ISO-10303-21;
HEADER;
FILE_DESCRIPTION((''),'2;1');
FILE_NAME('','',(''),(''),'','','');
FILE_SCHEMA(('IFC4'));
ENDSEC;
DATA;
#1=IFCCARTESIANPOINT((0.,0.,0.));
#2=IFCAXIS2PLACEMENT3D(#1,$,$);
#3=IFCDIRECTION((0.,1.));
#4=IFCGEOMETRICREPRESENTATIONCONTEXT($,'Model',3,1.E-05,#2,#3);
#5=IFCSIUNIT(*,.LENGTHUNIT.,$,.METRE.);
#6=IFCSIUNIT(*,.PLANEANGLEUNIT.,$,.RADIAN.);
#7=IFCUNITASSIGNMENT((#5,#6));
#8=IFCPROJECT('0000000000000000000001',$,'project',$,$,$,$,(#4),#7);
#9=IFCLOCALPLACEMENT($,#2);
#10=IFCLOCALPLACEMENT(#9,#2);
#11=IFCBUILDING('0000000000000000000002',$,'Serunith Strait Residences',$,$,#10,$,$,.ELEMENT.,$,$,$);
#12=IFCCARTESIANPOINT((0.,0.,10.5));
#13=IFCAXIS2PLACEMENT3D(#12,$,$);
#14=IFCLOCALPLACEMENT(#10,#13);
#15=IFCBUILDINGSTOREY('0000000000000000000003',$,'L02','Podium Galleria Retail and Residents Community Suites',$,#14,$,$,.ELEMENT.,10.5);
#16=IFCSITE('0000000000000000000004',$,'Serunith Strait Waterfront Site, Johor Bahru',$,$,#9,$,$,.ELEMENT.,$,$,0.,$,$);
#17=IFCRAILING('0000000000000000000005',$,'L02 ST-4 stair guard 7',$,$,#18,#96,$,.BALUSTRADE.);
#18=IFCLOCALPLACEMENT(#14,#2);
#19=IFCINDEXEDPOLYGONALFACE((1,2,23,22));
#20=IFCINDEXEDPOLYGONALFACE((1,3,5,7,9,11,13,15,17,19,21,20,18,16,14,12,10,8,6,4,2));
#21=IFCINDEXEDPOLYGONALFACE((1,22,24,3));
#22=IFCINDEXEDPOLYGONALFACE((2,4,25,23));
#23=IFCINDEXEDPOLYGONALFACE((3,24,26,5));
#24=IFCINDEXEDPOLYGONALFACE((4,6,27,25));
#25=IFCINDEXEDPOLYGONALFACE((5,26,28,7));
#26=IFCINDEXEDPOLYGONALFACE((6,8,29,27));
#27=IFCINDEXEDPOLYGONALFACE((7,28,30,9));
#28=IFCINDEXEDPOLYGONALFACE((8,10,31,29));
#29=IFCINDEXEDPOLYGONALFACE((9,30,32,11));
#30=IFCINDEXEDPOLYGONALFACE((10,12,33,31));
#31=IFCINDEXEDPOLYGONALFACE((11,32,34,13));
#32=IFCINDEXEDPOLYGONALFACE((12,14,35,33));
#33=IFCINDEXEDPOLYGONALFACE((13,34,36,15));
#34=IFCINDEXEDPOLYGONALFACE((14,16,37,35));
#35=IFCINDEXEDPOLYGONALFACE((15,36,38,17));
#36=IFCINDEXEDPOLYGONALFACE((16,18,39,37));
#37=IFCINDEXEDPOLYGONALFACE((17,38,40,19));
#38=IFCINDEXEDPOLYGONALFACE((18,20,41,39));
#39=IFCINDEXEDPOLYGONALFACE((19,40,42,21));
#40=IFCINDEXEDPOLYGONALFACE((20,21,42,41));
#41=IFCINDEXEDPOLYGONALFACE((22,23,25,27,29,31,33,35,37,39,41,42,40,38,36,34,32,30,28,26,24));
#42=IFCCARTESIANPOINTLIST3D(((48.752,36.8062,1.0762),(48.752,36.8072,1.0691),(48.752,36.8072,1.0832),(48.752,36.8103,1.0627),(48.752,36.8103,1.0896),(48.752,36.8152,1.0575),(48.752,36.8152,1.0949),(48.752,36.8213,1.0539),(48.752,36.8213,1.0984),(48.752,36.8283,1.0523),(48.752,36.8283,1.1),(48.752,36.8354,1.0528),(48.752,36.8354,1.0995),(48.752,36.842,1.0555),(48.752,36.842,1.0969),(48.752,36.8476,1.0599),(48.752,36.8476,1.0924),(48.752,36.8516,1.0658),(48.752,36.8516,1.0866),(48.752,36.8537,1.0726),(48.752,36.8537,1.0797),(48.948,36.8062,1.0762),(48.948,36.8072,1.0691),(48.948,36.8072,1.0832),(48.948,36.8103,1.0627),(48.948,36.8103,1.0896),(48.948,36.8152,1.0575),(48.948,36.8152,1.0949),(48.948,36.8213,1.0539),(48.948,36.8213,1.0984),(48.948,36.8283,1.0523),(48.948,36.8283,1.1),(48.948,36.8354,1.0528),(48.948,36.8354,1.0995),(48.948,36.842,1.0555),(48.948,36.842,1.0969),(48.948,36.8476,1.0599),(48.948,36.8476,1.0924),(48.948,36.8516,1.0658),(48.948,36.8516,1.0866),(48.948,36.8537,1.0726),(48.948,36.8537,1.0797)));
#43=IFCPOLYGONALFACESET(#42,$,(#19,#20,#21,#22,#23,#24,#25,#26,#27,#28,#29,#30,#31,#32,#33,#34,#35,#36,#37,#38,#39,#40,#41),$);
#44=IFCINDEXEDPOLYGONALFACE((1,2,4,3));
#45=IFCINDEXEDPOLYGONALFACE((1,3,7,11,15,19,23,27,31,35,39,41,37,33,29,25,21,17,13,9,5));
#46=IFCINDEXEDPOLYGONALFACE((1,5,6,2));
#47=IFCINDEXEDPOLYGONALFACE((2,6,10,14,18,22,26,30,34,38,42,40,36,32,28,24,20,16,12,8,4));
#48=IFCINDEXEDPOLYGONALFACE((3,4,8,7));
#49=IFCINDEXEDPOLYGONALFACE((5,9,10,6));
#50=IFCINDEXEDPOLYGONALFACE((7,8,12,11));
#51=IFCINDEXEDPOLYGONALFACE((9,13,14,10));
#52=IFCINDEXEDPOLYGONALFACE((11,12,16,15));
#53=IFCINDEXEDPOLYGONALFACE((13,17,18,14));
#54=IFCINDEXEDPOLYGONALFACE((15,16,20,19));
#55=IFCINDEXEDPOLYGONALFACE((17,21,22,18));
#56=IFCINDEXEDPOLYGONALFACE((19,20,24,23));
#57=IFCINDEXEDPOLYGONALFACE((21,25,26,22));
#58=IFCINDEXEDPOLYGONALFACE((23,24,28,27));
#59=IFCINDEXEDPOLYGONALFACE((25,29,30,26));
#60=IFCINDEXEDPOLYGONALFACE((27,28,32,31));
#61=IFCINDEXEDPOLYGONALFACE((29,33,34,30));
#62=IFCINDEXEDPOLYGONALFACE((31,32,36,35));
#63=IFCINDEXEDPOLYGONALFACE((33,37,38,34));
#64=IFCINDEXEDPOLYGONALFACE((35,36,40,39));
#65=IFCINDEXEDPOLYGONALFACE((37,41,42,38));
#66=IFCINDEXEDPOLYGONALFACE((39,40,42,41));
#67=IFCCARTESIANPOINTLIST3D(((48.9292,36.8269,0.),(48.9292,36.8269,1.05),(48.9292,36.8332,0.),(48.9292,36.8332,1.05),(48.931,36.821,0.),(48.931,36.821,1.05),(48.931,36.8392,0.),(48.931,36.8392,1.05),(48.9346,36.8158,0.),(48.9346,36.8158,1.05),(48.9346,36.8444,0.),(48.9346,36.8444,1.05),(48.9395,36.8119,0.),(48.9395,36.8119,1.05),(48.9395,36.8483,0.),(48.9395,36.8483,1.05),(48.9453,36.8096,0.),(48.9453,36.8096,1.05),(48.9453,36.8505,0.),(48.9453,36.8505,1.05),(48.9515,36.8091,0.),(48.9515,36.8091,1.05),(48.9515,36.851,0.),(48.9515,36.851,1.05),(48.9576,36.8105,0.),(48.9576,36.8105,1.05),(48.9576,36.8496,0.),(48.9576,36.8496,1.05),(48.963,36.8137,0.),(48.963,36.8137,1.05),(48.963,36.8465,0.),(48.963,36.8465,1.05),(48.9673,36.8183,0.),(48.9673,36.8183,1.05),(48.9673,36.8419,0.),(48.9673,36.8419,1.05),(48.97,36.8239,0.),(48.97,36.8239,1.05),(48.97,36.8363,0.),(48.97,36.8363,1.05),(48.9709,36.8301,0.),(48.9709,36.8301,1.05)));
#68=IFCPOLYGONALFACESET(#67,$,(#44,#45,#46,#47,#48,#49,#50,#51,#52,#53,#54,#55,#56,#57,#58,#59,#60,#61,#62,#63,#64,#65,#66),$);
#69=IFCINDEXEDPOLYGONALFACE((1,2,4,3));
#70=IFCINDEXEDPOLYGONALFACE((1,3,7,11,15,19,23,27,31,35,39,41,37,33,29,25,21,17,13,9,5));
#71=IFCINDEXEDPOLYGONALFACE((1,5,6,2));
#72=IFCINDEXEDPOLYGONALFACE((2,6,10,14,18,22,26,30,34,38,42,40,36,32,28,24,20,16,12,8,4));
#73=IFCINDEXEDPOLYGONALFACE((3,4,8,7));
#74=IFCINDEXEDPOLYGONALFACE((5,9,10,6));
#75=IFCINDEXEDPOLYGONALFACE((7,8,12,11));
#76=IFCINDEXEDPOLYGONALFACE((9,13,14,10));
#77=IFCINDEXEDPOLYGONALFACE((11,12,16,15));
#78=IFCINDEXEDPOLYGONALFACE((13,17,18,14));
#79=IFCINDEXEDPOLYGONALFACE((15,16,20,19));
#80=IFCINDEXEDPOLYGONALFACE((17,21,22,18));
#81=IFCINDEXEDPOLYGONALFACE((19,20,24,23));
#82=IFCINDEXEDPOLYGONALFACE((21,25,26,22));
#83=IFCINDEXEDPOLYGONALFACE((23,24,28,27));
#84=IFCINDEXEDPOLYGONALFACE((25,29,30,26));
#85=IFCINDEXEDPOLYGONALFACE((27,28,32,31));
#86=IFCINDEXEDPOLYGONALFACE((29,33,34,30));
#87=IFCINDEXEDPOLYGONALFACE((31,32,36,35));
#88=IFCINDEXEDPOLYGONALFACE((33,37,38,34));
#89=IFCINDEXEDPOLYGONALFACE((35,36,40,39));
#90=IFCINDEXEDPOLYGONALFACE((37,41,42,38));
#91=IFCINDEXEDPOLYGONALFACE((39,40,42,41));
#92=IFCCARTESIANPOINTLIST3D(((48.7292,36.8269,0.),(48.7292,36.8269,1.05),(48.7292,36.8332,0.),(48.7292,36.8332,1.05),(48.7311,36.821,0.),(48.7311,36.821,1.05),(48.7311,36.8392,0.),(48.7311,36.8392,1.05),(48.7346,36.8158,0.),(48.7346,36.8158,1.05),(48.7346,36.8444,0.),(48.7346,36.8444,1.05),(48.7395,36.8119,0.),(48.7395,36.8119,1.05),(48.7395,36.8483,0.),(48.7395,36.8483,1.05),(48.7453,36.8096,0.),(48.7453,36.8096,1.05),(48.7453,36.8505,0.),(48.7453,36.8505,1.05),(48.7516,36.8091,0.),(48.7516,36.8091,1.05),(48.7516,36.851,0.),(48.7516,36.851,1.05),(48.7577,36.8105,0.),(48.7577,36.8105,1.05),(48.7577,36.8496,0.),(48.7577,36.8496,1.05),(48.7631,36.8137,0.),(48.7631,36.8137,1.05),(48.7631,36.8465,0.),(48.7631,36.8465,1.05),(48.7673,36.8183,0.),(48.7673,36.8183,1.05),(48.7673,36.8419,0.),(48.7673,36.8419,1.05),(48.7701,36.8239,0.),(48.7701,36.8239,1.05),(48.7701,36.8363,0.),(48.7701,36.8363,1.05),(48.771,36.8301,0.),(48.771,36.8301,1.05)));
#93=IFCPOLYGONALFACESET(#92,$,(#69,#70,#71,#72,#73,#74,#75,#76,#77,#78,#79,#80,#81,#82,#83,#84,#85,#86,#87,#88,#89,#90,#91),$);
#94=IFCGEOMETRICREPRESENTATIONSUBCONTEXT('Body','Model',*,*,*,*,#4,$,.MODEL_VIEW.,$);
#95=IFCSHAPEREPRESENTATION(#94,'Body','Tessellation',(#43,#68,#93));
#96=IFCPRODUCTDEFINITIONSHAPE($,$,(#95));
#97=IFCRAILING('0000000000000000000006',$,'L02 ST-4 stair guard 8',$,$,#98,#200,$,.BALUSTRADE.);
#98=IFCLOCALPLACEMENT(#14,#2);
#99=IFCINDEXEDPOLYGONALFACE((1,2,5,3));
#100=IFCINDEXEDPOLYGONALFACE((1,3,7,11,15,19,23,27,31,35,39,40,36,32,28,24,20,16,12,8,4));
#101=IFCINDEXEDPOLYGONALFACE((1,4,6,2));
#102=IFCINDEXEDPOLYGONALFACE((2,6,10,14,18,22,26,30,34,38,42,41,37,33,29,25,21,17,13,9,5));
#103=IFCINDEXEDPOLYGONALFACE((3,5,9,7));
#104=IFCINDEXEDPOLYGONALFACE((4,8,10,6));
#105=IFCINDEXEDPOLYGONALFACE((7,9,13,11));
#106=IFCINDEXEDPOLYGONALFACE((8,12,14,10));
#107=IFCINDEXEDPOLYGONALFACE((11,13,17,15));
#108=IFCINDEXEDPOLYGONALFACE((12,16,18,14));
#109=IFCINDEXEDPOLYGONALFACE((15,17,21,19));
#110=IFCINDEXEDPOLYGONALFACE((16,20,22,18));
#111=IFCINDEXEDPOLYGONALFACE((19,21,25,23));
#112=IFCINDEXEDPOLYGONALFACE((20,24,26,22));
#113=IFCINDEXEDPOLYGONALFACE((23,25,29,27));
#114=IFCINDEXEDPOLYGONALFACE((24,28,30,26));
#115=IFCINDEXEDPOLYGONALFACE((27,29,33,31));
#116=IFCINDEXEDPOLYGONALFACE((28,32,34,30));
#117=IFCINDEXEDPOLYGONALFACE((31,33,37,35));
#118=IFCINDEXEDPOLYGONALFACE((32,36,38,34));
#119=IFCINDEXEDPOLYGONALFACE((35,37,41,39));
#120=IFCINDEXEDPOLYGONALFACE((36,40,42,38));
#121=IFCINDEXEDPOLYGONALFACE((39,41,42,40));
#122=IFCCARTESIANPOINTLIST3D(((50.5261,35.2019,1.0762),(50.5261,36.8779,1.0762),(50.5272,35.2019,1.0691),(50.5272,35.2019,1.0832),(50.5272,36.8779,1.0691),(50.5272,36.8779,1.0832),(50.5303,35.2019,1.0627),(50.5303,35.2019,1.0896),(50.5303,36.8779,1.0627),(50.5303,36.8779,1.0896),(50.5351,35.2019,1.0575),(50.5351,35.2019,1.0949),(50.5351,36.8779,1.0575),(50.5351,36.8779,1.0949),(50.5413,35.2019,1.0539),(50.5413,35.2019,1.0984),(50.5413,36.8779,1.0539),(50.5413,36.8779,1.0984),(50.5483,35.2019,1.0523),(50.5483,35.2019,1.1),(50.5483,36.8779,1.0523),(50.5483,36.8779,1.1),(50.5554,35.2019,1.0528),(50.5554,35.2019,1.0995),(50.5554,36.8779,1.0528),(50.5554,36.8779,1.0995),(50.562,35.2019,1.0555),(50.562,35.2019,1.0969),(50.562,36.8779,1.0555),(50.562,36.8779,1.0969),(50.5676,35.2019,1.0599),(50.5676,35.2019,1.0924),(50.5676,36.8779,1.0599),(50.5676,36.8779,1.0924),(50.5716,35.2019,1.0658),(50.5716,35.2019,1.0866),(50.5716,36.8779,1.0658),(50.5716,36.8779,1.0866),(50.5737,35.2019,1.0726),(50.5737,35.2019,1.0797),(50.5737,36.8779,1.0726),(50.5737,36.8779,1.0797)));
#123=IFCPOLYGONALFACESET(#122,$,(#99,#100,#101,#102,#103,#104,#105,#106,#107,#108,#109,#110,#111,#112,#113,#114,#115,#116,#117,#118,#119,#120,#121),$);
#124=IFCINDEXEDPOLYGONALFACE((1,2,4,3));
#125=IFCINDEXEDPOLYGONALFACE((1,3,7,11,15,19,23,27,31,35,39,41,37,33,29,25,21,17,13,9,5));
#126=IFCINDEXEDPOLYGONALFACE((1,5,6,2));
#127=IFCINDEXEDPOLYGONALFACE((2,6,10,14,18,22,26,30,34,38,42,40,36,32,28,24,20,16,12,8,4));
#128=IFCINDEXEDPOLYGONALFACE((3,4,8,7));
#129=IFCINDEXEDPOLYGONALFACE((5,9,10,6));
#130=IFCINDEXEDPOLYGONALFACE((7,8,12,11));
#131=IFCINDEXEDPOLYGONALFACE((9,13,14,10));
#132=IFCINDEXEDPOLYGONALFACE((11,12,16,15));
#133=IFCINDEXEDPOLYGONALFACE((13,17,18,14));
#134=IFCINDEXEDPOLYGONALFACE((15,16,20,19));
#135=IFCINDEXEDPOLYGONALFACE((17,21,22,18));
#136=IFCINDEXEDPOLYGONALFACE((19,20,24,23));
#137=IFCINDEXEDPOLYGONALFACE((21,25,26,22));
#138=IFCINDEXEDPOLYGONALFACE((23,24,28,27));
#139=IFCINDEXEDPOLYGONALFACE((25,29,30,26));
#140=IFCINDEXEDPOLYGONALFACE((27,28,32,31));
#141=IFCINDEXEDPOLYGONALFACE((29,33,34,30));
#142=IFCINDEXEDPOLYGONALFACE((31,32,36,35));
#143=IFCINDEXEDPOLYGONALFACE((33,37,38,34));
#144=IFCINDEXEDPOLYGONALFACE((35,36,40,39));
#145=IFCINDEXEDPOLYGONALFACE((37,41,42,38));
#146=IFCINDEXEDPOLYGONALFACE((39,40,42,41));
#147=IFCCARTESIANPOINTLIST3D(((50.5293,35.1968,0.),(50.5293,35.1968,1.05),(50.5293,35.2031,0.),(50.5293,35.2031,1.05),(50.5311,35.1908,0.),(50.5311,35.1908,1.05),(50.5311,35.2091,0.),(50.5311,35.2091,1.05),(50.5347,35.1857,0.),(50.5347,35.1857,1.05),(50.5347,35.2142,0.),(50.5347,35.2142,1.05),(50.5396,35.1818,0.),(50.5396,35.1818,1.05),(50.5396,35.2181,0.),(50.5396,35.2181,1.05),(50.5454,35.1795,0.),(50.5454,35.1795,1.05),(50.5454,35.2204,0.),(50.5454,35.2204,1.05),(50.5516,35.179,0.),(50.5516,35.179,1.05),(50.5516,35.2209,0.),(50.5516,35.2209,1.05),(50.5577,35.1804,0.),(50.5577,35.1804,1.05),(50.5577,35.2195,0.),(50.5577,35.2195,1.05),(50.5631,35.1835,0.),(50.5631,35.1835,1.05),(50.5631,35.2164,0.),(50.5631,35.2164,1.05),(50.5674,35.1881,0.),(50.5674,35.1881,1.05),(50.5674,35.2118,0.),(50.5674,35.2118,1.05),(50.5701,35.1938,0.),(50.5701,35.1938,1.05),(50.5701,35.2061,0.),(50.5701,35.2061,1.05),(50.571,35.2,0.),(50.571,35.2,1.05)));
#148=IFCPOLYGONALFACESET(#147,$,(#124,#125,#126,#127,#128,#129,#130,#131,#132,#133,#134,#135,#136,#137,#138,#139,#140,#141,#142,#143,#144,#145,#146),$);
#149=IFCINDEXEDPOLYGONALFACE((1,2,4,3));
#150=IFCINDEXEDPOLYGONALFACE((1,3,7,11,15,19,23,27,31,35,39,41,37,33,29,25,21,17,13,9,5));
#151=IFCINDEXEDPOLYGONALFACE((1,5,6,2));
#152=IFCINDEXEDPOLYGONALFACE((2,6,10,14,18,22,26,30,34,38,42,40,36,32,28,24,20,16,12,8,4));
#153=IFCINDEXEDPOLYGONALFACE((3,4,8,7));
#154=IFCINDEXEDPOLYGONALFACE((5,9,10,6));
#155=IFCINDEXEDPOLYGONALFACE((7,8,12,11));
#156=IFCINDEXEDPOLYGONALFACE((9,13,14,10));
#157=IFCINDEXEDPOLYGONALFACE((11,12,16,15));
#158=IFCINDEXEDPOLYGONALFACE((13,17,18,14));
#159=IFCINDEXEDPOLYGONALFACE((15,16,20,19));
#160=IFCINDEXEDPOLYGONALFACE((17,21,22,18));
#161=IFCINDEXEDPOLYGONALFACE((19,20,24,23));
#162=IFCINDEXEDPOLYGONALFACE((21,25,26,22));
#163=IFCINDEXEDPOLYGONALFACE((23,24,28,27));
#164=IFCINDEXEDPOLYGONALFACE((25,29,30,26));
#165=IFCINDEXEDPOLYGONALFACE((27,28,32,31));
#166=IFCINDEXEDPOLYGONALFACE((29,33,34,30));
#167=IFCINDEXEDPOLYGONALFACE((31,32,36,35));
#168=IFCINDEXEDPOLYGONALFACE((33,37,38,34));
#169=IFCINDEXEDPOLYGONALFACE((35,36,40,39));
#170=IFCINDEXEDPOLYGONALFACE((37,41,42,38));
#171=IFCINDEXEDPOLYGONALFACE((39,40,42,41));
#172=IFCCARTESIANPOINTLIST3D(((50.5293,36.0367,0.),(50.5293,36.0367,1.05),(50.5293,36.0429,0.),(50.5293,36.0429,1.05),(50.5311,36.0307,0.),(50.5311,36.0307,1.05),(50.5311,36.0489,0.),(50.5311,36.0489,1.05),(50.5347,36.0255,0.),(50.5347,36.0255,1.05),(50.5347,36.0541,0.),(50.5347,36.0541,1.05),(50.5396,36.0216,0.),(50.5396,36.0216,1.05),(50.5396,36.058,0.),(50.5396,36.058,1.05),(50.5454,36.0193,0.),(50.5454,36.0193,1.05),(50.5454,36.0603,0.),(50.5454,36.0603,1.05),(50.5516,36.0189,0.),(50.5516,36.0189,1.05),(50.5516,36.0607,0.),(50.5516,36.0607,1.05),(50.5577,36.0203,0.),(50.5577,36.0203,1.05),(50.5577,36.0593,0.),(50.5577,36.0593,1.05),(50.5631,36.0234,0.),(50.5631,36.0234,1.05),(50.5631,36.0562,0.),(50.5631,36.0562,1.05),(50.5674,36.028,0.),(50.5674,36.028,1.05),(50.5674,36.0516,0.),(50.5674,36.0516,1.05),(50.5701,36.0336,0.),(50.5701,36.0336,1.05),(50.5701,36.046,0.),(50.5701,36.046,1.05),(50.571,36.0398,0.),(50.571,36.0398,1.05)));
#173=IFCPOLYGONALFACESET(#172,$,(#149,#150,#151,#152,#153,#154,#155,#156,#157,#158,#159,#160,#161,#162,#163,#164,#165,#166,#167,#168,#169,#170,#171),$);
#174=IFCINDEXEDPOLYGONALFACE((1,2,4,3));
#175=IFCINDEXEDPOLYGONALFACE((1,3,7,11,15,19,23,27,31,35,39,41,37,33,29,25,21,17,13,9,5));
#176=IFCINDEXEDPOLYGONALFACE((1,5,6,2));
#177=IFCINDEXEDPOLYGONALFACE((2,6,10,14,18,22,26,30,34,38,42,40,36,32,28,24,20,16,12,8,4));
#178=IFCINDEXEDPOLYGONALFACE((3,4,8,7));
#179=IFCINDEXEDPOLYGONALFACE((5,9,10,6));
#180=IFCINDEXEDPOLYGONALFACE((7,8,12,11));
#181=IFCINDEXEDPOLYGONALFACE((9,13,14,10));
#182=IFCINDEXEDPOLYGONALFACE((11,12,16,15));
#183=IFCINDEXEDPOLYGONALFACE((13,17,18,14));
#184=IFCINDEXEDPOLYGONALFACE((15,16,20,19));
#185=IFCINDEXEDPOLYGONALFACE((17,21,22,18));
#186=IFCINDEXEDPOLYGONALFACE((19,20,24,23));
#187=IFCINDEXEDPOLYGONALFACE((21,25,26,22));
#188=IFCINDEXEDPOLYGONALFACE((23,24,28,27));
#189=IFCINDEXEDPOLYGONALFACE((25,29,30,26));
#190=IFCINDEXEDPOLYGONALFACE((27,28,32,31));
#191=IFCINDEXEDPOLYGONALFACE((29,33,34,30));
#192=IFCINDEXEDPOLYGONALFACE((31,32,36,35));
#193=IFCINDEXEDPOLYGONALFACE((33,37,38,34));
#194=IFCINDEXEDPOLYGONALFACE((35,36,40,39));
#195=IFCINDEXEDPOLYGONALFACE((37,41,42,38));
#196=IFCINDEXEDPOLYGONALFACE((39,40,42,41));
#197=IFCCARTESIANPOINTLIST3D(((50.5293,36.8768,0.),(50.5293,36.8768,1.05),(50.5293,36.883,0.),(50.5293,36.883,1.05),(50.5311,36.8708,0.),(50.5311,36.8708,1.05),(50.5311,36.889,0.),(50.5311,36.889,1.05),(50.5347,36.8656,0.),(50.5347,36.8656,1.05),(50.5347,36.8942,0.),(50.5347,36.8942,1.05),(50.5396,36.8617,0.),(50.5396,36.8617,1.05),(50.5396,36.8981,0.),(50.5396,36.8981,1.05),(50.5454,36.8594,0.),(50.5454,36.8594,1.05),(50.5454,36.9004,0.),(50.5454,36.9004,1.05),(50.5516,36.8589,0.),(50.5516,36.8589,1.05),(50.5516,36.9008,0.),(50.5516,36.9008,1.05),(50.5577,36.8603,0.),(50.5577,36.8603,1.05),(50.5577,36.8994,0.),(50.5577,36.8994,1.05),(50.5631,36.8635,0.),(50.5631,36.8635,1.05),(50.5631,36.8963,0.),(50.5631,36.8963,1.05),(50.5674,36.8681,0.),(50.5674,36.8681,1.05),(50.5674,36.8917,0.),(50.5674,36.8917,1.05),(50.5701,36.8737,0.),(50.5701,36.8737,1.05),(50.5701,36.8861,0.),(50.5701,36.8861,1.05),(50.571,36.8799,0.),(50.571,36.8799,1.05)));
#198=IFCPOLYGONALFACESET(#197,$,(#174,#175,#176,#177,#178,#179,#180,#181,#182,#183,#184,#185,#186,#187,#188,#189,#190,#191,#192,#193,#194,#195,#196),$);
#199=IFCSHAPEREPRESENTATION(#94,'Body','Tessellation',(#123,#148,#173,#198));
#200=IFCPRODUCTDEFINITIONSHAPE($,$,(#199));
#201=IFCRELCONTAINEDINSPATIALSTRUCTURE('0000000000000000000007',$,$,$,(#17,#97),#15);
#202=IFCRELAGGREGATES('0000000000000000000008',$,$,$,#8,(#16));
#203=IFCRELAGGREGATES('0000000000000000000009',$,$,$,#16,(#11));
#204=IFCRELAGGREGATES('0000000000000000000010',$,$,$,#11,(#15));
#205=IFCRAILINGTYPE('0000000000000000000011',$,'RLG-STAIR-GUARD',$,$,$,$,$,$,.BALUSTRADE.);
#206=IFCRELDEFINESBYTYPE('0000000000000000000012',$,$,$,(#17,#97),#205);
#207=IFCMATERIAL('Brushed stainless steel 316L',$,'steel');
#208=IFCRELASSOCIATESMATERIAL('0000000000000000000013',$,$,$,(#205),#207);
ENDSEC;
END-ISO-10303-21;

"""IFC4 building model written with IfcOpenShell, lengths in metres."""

from ifc_helpers import new_model, si_unit, direction, frame, origin, origin_2d, place, context, subcontext, project, spatial, circle, extrude, material, type_object, element, save


model = new_model("IFC4")

# Units and contexts
model_context = context("Model", 3, precision=1e-05, world=origin(), true_north=direction((0.0, 1.0)))
body_context = subcontext(model_context, "Body", "Model", "MODEL_VIEW")
ifc_project = project(units=[si_unit("LENGTHUNIT", "METRE"), si_unit("PLANEANGLEUNIT", "RADIAN")], contexts=[model_context])

# Site, building, storey
site_placement = place(None, origin())
site = spatial("IfcSite", under=ifc_project, at=site_placement, Name="Serunith Strait Waterfront Site, Johor Bahru", CompositionType="ELEMENT", RefElevation=0.0)
building_placement = place(site_placement, origin())
building = spatial("IfcBuilding", under=site, at=building_placement, Name="Serunith Strait Residences", CompositionType="ELEMENT")
storey_placement = place(building_placement, frame((0.0, 0.0, 10.5)))
storey = spatial("IfcBuildingStorey", under=building, at=storey_placement, Name="L02", Description="Podium Galleria Retail and Residents Community Suites", CompositionType="ELEMENT", Elevation=10.5)

# Railings
ifc_material_1 = material(Name="Brushed stainless steel 316L", Category="steel")
railing_type_1 = type_object("IfcRailingType", Name="RLG-STAIR-GUARD", PredefinedType="BALUSTRADE", material=ifc_material_1)
railing_1_placement = place(storey_placement, frame((48.95, 36.8301, 0.0)))
element("IfcRailing", 1, at=railing_1_placement, inside=storey, type_object=railing_type_1, Name="L02 ST-4 stair guard 7", PredefinedType="BALUSTRADE", context=body_context, shape_type="SweptSolid", body=[
    extrude(circle(Radius=0.0239, at=origin_2d()), frame((-0.002, 0.0, 1.0762), z_axis=(-1.0, 0.0, 0.0), x_axis=(0.0, -1.0, 0.0)), (0.0, 0.0, 1.0), 0.196),
    extrude(circle(Radius=0.021, at=origin_2d()), origin(), (0.0, 0.0, 1.0), 1.05),
    extrude(circle(Radius=0.021, at=origin_2d()), frame((-0.2, 0.0, 0.0)), (0.0, 0.0, 1.0), 1.05),
])
railing_2_placement = place(storey_placement, frame((50.55, 35.2, 0.0)))
element("IfcRailing", 2, at=railing_2_placement, inside=storey, type_object=railing_type_1, Name="L02 ST-4 stair guard 8", PredefinedType="BALUSTRADE", context=body_context, shape_type="SweptSolid", body=[
    extrude(circle(Radius=0.0239, at=origin_2d()), frame((0.0, 0.002, 1.0762), z_axis=(0.0, 1.0, 0.0), x_axis=(-1.0, 0.0, 0.0)), (0.0, 0.0, 1.0), 1.676),
    extrude(circle(Radius=0.021, at=origin_2d()), origin(), (0.0, 0.0, 1.0), 1.05),
    extrude(circle(Radius=0.021, at=origin_2d()), frame((0.0, 0.8398, 0.0)), (0.0, 0.0, 1.0), 1.05),
    extrude(circle(Radius=0.021, at=origin_2d()), frame((0.0, 1.6799, 0.0)), (0.0, 0.0, 1.0), 1.05),
])

save(model, "model.ifc")
